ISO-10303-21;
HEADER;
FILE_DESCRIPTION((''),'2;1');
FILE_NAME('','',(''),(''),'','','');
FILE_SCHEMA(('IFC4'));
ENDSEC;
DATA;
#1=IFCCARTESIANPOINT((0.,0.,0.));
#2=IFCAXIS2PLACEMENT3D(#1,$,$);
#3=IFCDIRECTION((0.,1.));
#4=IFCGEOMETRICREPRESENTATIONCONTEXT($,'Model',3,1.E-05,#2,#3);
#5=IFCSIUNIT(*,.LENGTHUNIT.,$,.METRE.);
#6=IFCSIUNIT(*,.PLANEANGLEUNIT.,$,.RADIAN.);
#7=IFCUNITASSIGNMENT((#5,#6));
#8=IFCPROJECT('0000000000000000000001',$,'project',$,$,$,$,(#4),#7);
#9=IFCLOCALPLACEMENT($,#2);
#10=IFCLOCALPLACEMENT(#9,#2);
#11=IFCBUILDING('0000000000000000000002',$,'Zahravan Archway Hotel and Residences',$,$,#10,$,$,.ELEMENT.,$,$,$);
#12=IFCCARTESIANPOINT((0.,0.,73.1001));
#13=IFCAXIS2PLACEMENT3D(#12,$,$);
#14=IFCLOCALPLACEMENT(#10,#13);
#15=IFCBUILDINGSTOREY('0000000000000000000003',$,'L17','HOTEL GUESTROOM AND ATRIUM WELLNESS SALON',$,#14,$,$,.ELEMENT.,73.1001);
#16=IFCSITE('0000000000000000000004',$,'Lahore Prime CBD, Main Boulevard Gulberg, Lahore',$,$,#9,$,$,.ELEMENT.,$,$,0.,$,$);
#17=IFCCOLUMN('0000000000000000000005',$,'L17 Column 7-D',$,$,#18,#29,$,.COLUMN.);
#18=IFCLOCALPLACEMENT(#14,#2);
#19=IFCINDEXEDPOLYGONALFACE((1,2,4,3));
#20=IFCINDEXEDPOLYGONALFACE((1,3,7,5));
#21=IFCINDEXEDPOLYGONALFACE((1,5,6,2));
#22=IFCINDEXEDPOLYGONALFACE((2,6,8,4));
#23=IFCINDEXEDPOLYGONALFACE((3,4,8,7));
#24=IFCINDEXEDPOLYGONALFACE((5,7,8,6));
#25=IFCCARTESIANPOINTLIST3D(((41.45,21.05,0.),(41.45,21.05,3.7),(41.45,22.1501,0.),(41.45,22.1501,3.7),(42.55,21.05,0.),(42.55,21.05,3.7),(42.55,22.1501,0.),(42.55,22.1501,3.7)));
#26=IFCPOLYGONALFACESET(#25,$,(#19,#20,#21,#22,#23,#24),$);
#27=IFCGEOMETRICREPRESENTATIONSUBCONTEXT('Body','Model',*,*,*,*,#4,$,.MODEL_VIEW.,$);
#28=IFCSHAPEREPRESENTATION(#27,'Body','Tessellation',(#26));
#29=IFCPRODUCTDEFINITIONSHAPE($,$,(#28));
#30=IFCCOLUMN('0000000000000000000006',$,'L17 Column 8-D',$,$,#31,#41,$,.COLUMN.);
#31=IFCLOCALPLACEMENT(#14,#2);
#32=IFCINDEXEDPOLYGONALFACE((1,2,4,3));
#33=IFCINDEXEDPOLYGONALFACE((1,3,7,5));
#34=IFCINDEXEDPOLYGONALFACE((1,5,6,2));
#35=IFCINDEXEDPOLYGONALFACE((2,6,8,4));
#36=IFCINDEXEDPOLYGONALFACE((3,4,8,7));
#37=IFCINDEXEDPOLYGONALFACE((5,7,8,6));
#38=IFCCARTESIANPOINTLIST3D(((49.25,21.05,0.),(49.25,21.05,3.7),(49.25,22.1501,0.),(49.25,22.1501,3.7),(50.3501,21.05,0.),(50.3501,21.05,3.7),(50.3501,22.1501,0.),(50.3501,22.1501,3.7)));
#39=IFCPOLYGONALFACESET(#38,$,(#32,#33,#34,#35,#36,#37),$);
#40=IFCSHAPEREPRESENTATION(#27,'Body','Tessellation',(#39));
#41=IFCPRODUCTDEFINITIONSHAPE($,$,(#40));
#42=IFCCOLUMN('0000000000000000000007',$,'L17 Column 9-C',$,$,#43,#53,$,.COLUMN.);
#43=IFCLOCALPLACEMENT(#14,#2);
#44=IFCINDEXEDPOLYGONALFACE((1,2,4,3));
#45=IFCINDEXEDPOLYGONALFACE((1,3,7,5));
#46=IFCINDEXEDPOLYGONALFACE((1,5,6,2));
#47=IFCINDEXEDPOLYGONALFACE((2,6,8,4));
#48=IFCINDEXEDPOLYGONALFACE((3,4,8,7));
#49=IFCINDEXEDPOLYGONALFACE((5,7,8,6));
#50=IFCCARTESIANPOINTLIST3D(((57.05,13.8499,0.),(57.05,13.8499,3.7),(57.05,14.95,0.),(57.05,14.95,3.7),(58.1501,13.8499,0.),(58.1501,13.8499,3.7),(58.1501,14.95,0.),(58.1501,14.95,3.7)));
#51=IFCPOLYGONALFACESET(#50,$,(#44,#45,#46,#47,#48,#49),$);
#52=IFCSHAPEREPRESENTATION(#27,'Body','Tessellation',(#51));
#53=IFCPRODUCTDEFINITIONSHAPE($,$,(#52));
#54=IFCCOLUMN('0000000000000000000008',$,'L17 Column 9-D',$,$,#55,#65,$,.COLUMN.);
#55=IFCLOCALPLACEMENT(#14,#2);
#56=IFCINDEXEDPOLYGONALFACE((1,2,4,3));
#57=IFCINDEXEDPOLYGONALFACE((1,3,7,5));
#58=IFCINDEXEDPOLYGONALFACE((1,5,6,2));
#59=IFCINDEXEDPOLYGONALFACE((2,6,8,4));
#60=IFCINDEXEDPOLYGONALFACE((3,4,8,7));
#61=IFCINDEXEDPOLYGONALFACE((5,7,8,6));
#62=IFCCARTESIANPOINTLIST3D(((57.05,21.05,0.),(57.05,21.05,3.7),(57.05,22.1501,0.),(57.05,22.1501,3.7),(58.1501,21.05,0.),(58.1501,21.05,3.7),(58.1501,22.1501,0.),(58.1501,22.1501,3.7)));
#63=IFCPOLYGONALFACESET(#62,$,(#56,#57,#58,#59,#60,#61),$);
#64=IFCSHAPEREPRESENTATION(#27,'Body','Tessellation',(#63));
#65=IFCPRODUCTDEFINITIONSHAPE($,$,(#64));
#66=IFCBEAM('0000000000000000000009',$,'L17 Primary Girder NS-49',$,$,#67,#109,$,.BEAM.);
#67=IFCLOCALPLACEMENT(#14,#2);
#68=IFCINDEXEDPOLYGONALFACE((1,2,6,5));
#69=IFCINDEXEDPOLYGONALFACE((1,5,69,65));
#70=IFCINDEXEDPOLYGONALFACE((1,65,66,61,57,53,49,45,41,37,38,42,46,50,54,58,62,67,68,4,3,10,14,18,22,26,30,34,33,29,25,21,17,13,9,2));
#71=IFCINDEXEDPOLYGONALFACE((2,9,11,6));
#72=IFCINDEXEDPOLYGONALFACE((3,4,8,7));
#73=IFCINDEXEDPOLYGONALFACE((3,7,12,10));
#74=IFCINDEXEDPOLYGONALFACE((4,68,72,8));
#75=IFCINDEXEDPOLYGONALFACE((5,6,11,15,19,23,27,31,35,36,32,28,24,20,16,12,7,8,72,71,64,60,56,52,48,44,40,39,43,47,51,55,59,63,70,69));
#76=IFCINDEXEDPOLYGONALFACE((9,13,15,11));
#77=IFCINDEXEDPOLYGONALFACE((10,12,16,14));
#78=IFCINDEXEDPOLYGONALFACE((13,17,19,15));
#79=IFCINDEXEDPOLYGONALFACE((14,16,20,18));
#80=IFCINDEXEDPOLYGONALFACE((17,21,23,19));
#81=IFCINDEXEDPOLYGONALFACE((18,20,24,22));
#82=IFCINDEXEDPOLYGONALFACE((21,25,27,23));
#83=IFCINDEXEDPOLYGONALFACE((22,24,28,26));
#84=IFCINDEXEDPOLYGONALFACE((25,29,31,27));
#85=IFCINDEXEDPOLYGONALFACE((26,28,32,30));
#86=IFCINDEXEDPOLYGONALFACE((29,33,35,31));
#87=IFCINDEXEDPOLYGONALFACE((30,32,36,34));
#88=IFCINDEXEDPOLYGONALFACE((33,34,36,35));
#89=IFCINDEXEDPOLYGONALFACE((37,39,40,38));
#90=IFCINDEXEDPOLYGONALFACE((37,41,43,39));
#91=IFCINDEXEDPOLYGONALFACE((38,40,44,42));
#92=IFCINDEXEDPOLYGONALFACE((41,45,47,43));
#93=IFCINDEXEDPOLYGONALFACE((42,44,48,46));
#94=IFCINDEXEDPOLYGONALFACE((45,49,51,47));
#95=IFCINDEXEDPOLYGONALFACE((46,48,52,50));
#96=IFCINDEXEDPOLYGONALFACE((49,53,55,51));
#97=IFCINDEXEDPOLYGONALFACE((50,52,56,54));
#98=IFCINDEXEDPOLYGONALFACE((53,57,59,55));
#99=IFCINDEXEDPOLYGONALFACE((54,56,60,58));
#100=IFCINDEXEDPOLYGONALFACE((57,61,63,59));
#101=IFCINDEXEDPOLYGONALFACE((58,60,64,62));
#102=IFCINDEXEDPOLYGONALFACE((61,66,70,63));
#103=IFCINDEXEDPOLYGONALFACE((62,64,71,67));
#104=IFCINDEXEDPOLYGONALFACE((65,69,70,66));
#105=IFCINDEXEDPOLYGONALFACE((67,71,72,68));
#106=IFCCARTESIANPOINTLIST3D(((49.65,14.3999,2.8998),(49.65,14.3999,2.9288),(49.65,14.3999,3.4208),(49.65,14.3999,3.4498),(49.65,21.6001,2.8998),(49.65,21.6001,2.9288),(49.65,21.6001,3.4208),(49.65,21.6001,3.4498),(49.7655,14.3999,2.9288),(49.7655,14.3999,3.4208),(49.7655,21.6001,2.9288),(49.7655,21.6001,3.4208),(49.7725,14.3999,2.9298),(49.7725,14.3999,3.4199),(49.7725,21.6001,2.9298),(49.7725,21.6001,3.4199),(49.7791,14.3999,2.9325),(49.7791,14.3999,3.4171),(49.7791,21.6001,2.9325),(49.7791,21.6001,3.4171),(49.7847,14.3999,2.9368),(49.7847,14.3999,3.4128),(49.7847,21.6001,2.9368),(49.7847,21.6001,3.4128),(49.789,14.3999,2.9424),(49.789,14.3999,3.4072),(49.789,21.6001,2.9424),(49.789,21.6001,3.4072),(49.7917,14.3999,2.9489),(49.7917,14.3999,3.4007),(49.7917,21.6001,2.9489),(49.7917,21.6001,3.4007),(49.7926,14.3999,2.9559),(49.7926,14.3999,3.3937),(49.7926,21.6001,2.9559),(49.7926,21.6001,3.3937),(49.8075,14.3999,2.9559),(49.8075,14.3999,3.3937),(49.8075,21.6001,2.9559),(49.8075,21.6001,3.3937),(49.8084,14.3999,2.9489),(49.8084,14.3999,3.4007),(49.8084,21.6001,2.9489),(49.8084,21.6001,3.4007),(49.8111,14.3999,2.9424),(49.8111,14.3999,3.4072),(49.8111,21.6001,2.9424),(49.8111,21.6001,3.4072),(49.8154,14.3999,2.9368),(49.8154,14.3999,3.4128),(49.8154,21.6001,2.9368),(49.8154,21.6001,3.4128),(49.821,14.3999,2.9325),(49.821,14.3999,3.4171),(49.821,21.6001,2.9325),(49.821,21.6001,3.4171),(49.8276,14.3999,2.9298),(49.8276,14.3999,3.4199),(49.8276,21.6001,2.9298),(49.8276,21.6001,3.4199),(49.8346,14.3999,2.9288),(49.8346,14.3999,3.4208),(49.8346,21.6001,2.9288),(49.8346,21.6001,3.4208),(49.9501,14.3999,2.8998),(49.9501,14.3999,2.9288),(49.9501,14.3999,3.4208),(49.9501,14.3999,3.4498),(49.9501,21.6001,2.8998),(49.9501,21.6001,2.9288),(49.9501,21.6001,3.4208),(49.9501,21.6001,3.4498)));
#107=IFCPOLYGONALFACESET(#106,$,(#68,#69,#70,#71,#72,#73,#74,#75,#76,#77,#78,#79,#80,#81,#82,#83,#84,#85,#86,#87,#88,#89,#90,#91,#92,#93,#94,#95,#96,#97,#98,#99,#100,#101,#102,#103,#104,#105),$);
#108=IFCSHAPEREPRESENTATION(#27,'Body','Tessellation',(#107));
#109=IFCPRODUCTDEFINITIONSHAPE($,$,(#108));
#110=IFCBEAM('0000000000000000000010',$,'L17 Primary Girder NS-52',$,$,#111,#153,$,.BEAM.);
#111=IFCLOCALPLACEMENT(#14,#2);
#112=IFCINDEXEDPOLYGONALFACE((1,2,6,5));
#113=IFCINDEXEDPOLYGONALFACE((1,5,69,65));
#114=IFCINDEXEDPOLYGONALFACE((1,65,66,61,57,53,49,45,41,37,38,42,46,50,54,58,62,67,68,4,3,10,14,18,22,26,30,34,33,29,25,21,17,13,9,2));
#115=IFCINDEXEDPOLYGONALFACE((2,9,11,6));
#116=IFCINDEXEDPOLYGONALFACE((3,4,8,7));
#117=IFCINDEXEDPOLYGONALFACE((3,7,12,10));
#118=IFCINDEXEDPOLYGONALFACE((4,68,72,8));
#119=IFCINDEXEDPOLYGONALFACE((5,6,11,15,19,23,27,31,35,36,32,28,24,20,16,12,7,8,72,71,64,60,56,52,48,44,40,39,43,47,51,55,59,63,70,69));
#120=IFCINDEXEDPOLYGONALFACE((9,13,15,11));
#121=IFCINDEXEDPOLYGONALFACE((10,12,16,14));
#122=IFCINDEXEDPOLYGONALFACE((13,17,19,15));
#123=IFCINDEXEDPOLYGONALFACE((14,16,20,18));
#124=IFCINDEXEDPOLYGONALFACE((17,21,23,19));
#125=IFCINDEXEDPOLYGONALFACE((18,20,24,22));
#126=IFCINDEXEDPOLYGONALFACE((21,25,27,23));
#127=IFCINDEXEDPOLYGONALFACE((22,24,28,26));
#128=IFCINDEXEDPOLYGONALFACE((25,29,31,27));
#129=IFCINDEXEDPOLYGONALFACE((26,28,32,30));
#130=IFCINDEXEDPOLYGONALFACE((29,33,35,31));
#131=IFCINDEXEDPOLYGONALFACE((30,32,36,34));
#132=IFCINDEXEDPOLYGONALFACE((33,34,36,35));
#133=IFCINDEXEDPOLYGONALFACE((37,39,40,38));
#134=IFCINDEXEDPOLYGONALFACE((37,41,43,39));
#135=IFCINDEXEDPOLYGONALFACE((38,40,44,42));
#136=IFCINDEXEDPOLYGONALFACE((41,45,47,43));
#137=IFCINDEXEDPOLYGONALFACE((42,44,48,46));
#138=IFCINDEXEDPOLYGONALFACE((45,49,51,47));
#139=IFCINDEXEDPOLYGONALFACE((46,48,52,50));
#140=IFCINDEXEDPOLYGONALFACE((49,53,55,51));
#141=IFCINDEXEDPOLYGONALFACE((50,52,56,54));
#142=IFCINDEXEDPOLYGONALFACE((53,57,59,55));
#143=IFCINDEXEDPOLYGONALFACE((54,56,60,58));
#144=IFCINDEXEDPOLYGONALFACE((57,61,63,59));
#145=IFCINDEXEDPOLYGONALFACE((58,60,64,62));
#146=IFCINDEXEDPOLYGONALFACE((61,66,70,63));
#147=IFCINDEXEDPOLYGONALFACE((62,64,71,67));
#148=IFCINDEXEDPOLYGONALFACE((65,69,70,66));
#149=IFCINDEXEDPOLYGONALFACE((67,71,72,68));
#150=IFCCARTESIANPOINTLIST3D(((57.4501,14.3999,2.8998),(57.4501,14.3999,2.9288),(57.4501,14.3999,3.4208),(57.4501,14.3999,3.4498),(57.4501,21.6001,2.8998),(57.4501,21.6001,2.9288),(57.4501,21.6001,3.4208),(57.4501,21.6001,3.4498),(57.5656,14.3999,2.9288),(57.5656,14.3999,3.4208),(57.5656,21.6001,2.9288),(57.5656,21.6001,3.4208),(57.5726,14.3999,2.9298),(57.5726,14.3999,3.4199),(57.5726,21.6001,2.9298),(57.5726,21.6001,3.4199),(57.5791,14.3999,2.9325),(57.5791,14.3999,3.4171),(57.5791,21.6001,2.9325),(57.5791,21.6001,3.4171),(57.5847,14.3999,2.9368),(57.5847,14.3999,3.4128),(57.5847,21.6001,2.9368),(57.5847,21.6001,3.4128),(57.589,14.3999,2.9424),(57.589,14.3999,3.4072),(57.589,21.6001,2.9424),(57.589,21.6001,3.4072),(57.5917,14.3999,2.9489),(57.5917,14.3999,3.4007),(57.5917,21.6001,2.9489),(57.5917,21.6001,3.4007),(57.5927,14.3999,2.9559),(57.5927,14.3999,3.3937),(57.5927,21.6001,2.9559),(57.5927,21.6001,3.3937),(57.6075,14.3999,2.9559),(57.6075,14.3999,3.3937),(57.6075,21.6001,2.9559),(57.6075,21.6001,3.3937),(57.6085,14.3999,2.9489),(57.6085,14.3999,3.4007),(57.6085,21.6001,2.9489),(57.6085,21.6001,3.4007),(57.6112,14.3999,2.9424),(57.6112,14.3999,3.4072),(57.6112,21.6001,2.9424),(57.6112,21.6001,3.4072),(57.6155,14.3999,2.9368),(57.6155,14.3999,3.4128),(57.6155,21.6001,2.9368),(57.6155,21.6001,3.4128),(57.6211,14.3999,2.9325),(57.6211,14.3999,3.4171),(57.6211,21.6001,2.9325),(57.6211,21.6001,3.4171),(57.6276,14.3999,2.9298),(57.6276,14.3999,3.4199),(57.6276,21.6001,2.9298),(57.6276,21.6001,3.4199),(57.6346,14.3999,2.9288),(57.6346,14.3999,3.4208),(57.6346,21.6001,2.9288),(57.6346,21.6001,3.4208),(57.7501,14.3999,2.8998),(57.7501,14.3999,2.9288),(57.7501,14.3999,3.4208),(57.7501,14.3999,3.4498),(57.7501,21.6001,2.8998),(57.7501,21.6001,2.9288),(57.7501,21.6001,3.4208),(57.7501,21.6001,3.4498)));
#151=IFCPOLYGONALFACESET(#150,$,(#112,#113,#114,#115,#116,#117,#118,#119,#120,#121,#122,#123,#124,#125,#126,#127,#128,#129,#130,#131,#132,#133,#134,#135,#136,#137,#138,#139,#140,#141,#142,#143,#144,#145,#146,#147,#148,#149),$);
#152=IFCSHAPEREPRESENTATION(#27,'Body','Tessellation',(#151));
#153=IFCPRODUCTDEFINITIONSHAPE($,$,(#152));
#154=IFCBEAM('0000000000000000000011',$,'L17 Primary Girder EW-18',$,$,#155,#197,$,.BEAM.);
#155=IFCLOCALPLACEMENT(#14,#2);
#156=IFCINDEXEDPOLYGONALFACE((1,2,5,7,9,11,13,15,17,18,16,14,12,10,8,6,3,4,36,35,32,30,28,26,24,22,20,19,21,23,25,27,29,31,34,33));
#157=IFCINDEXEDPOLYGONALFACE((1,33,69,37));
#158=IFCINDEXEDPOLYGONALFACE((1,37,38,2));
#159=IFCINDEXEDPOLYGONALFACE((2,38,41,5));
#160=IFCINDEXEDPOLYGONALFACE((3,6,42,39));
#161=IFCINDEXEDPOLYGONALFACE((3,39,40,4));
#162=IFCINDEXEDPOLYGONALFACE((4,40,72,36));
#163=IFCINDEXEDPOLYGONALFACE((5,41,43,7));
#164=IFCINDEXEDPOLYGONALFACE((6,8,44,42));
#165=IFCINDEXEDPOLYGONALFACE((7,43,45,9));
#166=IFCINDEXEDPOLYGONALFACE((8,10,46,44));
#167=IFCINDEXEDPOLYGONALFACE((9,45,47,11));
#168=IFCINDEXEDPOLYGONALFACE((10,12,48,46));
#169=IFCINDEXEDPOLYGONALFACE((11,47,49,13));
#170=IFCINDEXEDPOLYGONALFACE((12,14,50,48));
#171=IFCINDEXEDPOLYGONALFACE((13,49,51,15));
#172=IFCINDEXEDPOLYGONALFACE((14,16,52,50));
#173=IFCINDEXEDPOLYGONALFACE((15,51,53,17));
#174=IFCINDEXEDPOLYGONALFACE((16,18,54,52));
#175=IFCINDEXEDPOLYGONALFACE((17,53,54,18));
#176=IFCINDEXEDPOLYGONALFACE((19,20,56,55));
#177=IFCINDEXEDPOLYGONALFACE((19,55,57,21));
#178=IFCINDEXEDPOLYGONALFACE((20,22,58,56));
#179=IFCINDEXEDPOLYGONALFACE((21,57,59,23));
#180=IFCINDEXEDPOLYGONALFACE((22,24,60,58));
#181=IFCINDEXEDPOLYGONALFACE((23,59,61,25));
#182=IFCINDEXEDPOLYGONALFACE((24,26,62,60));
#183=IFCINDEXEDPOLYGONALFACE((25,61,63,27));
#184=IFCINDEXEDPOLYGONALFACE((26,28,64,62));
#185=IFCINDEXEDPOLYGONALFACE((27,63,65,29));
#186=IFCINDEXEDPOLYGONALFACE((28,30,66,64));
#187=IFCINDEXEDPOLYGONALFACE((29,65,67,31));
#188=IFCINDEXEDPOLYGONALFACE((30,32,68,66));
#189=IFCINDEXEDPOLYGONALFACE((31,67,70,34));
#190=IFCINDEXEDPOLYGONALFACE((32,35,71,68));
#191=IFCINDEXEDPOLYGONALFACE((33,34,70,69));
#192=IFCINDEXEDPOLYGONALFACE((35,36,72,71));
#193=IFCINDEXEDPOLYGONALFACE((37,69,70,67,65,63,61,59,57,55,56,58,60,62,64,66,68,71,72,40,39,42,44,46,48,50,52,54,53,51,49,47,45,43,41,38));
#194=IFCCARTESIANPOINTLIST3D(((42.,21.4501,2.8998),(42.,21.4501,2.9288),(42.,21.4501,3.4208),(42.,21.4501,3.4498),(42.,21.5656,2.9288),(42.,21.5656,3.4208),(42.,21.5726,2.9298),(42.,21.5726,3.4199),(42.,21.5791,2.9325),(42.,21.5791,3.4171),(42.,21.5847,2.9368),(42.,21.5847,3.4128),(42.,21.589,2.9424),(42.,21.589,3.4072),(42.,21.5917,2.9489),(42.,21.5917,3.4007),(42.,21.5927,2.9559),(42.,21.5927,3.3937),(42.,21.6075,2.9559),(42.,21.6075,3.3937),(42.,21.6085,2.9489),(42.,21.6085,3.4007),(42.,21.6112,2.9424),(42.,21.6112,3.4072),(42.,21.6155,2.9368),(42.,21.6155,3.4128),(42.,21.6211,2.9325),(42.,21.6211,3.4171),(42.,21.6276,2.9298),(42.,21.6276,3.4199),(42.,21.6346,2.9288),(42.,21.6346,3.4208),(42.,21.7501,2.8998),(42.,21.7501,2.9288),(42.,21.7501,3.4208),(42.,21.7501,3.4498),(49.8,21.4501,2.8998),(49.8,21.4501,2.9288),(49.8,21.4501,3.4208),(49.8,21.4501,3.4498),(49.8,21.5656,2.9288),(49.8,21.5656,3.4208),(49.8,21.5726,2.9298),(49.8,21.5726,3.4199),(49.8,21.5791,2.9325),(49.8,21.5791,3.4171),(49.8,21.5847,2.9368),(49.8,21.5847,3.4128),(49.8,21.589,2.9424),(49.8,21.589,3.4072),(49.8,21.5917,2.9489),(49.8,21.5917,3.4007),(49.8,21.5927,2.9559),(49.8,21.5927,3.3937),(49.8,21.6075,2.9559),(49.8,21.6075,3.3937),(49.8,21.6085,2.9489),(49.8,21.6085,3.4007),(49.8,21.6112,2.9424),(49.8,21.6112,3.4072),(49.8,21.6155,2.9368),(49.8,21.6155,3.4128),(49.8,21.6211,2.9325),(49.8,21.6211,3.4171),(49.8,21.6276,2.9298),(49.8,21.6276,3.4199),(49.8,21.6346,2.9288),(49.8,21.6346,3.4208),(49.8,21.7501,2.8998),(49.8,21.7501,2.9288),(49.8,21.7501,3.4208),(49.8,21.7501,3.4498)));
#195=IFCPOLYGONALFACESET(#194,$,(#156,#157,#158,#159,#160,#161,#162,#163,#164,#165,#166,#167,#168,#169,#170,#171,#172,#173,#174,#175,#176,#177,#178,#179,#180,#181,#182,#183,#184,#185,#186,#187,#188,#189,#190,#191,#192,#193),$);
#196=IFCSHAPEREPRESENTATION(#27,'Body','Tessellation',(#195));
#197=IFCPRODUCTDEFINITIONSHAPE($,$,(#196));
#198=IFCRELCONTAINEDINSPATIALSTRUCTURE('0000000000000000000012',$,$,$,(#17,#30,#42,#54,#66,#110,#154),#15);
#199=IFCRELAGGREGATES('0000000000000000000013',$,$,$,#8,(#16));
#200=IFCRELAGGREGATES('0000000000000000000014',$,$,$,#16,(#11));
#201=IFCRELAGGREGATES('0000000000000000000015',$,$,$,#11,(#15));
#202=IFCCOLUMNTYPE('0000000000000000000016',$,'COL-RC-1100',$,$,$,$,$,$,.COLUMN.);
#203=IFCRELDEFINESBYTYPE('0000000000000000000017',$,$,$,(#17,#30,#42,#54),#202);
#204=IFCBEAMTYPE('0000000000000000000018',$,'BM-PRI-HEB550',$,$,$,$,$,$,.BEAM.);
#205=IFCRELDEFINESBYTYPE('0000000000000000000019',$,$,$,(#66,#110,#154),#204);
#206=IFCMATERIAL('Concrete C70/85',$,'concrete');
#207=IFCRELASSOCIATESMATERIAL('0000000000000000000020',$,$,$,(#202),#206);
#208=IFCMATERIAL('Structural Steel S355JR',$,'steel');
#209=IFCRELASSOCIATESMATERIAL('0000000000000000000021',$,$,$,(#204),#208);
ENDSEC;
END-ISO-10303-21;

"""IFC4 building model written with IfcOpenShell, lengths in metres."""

from ifc_helpers import new_model, si_unit, direction, frame, origin, origin_2d, place, context, subcontext, project, spatial, rectangle, i_section, extrude, source, transform, mapped, material, material_profile, profile_set, type_object, type_shapes, element, save


model = new_model("IFC4")

# Units and contexts
model_context = context("Model", 3, precision=1e-05, world=origin(), true_north=direction((0.0, 1.0)))
body_context = subcontext(model_context, "Body", "Model", "MODEL_VIEW")
ifc_project = project(units=[si_unit("LENGTHUNIT", "METRE"), si_unit("PLANEANGLEUNIT", "RADIAN")], contexts=[model_context])

# Site, building, storey
site_placement = place(None, origin())
site = spatial("IfcSite", under=ifc_project, at=site_placement, Name="Lahore Prime CBD, Main Boulevard Gulberg, Lahore", CompositionType="ELEMENT", RefElevation=0.0)
building_placement = place(site_placement, origin())
building = spatial("IfcBuilding", under=site, at=building_placement, Name="Zahravan Archway Hotel and Residences", CompositionType="ELEMENT")
storey_placement = place(building_placement, frame((0.0, 0.0, 73.1001)))
storey = spatial("IfcBuildingStorey", under=building, at=storey_placement, Name="L17", Description="HOTEL GUESTROOM AND ATRIUM WELLNESS SALON", CompositionType="ELEMENT", Elevation=73.1001)

# Columns
ifc_material_1 = material(Name="Concrete C70/85", Category="concrete")
ifc_material_profile_1 = material_profile(ifc_material_1, rectangle(XDim=1.1001, YDim=1.1001, at=origin_2d()), Name="RC 1100x1100", Category="concrete")
ifc_profile_set_1 = profile_set([ifc_material_profile_1], Name="Concrete C70/85")
column_type = type_object("IfcColumnType", Name="COL-RC-1100", PredefinedType="COLUMN", material=ifc_profile_set_1)
shared_shape_1 = source(origin(), body_context, "Body", "SweptSolid", [
    extrude(rectangle(XDim=1.1001, YDim=1.1001, at=origin_2d()), origin(), (0.0, 0.0, 1.0), 3.7),
])
for number, where, z_axis, x_axis, name in (
    (1, (42.0, 21.6001, 0.0), (0.0, 0.0, 1.0), (1.0, 0.0, 0.0), "L17 Column 7-D"),
    (2, (49.8, 21.6001, 0.0), (0.0, 0.0, 1.0), (1.0, 0.0, 0.0), "L17 Column 8-D"),
    (3, (57.6001, 14.3999, 0.0), (0.0, 0.0, 1.0), (1.0, 0.0, 0.0), "L17 Column 9-C"),
    (4, (57.6001, 21.6001, 0.0), (0.0, 0.0, 1.0), (1.0, 0.0, 0.0), "L17 Column 9-D"),
):
    element("IfcColumn", number, at=place(storey_placement, frame(where, z_axis=z_axis, x_axis=x_axis)), inside=storey, type_object=column_type, Name=name, PredefinedType="COLUMN", context=body_context, shape_type="MappedRepresentation", body=[
        mapped(shared_shape_1, transform((0.0, 0.0, 0.0), scale=1.0)),
    ])

# Beams
ifc_material_2 = material(Name="Structural Steel S355JR", Category="steel")
ifc_material_profile_2 = material_profile(ifc_material_2, i_section(OverallWidth=0.3, OverallDepth=0.55, WebThickness=0.0149, FlangeThickness=0.0291, FilletRadius=0.0271, at=origin_2d()), Name="HEB 550", Category="steel")
ifc_profile_set_2 = profile_set([ifc_material_profile_2], Name="Structural Steel S355JR")
beam_type_1 = type_object("IfcBeamType", Name="BM-PRI-HEB550", PredefinedType="BEAM", material=ifc_profile_set_2)
shared_shape_2 = source(origin(), body_context, "Body", "SweptSolid", [
    extrude(i_section(OverallWidth=0.3, OverallDepth=0.55, WebThickness=0.0149, FlangeThickness=0.0291, FilletRadius=0.0271, at=origin_2d()), origin(), (0.0, 0.0, 1.0), 7.2002),
])
type_shapes(beam_type_1, [shared_shape_2])
for number, where, z_axis, x_axis, name in (
    (5, (49.8, 14.3999, 3.1748), (0.0, 1.0, 0.0), (-1.0, 0.0, 0.0), "L17 Primary Girder NS-49"),
    (6, (57.6001, 14.3999, 3.1748), (0.0, 1.0, 0.0), (-1.0, 0.0, 0.0), "L17 Primary Girder NS-52"),
):
    element("IfcBeam", number, at=place(storey_placement, frame(where, z_axis=z_axis, x_axis=x_axis)), inside=storey, type_object=beam_type_1, Name=name, PredefinedType="BEAM", context=body_context, shape_type="MappedRepresentation", body=[
        mapped(shared_shape_2, transform((0.0, 0.0, 0.0), scale=1.0)),
    ])
shared_shape_3 = source(origin(), body_context, "Body", "SweptSolid", [
    extrude(i_section(OverallWidth=0.3, OverallDepth=0.55, WebThickness=0.0149, FlangeThickness=0.0291, FilletRadius=0.0271, at=origin_2d()), origin(), (0.0, 0.0, 1.0), 7.8),
])
for number, where, z_axis, x_axis, name in (
    (7, (42.0, 21.6001, 3.1748), (1.0, 0.0, 0.0), (0.0, 1.0, 0.0), "L17 Primary Girder EW-18"),
):
    element("IfcBeam", number, at=place(storey_placement, frame(where, z_axis=z_axis, x_axis=x_axis)), inside=storey, type_object=beam_type_1, Name=name, PredefinedType="BEAM", context=body_context, shape_type="MappedRepresentation", body=[
        mapped(shared_shape_3, transform((0.0, 0.0, 0.0), scale=1.0)),
    ])

save(model, "model.ifc")
